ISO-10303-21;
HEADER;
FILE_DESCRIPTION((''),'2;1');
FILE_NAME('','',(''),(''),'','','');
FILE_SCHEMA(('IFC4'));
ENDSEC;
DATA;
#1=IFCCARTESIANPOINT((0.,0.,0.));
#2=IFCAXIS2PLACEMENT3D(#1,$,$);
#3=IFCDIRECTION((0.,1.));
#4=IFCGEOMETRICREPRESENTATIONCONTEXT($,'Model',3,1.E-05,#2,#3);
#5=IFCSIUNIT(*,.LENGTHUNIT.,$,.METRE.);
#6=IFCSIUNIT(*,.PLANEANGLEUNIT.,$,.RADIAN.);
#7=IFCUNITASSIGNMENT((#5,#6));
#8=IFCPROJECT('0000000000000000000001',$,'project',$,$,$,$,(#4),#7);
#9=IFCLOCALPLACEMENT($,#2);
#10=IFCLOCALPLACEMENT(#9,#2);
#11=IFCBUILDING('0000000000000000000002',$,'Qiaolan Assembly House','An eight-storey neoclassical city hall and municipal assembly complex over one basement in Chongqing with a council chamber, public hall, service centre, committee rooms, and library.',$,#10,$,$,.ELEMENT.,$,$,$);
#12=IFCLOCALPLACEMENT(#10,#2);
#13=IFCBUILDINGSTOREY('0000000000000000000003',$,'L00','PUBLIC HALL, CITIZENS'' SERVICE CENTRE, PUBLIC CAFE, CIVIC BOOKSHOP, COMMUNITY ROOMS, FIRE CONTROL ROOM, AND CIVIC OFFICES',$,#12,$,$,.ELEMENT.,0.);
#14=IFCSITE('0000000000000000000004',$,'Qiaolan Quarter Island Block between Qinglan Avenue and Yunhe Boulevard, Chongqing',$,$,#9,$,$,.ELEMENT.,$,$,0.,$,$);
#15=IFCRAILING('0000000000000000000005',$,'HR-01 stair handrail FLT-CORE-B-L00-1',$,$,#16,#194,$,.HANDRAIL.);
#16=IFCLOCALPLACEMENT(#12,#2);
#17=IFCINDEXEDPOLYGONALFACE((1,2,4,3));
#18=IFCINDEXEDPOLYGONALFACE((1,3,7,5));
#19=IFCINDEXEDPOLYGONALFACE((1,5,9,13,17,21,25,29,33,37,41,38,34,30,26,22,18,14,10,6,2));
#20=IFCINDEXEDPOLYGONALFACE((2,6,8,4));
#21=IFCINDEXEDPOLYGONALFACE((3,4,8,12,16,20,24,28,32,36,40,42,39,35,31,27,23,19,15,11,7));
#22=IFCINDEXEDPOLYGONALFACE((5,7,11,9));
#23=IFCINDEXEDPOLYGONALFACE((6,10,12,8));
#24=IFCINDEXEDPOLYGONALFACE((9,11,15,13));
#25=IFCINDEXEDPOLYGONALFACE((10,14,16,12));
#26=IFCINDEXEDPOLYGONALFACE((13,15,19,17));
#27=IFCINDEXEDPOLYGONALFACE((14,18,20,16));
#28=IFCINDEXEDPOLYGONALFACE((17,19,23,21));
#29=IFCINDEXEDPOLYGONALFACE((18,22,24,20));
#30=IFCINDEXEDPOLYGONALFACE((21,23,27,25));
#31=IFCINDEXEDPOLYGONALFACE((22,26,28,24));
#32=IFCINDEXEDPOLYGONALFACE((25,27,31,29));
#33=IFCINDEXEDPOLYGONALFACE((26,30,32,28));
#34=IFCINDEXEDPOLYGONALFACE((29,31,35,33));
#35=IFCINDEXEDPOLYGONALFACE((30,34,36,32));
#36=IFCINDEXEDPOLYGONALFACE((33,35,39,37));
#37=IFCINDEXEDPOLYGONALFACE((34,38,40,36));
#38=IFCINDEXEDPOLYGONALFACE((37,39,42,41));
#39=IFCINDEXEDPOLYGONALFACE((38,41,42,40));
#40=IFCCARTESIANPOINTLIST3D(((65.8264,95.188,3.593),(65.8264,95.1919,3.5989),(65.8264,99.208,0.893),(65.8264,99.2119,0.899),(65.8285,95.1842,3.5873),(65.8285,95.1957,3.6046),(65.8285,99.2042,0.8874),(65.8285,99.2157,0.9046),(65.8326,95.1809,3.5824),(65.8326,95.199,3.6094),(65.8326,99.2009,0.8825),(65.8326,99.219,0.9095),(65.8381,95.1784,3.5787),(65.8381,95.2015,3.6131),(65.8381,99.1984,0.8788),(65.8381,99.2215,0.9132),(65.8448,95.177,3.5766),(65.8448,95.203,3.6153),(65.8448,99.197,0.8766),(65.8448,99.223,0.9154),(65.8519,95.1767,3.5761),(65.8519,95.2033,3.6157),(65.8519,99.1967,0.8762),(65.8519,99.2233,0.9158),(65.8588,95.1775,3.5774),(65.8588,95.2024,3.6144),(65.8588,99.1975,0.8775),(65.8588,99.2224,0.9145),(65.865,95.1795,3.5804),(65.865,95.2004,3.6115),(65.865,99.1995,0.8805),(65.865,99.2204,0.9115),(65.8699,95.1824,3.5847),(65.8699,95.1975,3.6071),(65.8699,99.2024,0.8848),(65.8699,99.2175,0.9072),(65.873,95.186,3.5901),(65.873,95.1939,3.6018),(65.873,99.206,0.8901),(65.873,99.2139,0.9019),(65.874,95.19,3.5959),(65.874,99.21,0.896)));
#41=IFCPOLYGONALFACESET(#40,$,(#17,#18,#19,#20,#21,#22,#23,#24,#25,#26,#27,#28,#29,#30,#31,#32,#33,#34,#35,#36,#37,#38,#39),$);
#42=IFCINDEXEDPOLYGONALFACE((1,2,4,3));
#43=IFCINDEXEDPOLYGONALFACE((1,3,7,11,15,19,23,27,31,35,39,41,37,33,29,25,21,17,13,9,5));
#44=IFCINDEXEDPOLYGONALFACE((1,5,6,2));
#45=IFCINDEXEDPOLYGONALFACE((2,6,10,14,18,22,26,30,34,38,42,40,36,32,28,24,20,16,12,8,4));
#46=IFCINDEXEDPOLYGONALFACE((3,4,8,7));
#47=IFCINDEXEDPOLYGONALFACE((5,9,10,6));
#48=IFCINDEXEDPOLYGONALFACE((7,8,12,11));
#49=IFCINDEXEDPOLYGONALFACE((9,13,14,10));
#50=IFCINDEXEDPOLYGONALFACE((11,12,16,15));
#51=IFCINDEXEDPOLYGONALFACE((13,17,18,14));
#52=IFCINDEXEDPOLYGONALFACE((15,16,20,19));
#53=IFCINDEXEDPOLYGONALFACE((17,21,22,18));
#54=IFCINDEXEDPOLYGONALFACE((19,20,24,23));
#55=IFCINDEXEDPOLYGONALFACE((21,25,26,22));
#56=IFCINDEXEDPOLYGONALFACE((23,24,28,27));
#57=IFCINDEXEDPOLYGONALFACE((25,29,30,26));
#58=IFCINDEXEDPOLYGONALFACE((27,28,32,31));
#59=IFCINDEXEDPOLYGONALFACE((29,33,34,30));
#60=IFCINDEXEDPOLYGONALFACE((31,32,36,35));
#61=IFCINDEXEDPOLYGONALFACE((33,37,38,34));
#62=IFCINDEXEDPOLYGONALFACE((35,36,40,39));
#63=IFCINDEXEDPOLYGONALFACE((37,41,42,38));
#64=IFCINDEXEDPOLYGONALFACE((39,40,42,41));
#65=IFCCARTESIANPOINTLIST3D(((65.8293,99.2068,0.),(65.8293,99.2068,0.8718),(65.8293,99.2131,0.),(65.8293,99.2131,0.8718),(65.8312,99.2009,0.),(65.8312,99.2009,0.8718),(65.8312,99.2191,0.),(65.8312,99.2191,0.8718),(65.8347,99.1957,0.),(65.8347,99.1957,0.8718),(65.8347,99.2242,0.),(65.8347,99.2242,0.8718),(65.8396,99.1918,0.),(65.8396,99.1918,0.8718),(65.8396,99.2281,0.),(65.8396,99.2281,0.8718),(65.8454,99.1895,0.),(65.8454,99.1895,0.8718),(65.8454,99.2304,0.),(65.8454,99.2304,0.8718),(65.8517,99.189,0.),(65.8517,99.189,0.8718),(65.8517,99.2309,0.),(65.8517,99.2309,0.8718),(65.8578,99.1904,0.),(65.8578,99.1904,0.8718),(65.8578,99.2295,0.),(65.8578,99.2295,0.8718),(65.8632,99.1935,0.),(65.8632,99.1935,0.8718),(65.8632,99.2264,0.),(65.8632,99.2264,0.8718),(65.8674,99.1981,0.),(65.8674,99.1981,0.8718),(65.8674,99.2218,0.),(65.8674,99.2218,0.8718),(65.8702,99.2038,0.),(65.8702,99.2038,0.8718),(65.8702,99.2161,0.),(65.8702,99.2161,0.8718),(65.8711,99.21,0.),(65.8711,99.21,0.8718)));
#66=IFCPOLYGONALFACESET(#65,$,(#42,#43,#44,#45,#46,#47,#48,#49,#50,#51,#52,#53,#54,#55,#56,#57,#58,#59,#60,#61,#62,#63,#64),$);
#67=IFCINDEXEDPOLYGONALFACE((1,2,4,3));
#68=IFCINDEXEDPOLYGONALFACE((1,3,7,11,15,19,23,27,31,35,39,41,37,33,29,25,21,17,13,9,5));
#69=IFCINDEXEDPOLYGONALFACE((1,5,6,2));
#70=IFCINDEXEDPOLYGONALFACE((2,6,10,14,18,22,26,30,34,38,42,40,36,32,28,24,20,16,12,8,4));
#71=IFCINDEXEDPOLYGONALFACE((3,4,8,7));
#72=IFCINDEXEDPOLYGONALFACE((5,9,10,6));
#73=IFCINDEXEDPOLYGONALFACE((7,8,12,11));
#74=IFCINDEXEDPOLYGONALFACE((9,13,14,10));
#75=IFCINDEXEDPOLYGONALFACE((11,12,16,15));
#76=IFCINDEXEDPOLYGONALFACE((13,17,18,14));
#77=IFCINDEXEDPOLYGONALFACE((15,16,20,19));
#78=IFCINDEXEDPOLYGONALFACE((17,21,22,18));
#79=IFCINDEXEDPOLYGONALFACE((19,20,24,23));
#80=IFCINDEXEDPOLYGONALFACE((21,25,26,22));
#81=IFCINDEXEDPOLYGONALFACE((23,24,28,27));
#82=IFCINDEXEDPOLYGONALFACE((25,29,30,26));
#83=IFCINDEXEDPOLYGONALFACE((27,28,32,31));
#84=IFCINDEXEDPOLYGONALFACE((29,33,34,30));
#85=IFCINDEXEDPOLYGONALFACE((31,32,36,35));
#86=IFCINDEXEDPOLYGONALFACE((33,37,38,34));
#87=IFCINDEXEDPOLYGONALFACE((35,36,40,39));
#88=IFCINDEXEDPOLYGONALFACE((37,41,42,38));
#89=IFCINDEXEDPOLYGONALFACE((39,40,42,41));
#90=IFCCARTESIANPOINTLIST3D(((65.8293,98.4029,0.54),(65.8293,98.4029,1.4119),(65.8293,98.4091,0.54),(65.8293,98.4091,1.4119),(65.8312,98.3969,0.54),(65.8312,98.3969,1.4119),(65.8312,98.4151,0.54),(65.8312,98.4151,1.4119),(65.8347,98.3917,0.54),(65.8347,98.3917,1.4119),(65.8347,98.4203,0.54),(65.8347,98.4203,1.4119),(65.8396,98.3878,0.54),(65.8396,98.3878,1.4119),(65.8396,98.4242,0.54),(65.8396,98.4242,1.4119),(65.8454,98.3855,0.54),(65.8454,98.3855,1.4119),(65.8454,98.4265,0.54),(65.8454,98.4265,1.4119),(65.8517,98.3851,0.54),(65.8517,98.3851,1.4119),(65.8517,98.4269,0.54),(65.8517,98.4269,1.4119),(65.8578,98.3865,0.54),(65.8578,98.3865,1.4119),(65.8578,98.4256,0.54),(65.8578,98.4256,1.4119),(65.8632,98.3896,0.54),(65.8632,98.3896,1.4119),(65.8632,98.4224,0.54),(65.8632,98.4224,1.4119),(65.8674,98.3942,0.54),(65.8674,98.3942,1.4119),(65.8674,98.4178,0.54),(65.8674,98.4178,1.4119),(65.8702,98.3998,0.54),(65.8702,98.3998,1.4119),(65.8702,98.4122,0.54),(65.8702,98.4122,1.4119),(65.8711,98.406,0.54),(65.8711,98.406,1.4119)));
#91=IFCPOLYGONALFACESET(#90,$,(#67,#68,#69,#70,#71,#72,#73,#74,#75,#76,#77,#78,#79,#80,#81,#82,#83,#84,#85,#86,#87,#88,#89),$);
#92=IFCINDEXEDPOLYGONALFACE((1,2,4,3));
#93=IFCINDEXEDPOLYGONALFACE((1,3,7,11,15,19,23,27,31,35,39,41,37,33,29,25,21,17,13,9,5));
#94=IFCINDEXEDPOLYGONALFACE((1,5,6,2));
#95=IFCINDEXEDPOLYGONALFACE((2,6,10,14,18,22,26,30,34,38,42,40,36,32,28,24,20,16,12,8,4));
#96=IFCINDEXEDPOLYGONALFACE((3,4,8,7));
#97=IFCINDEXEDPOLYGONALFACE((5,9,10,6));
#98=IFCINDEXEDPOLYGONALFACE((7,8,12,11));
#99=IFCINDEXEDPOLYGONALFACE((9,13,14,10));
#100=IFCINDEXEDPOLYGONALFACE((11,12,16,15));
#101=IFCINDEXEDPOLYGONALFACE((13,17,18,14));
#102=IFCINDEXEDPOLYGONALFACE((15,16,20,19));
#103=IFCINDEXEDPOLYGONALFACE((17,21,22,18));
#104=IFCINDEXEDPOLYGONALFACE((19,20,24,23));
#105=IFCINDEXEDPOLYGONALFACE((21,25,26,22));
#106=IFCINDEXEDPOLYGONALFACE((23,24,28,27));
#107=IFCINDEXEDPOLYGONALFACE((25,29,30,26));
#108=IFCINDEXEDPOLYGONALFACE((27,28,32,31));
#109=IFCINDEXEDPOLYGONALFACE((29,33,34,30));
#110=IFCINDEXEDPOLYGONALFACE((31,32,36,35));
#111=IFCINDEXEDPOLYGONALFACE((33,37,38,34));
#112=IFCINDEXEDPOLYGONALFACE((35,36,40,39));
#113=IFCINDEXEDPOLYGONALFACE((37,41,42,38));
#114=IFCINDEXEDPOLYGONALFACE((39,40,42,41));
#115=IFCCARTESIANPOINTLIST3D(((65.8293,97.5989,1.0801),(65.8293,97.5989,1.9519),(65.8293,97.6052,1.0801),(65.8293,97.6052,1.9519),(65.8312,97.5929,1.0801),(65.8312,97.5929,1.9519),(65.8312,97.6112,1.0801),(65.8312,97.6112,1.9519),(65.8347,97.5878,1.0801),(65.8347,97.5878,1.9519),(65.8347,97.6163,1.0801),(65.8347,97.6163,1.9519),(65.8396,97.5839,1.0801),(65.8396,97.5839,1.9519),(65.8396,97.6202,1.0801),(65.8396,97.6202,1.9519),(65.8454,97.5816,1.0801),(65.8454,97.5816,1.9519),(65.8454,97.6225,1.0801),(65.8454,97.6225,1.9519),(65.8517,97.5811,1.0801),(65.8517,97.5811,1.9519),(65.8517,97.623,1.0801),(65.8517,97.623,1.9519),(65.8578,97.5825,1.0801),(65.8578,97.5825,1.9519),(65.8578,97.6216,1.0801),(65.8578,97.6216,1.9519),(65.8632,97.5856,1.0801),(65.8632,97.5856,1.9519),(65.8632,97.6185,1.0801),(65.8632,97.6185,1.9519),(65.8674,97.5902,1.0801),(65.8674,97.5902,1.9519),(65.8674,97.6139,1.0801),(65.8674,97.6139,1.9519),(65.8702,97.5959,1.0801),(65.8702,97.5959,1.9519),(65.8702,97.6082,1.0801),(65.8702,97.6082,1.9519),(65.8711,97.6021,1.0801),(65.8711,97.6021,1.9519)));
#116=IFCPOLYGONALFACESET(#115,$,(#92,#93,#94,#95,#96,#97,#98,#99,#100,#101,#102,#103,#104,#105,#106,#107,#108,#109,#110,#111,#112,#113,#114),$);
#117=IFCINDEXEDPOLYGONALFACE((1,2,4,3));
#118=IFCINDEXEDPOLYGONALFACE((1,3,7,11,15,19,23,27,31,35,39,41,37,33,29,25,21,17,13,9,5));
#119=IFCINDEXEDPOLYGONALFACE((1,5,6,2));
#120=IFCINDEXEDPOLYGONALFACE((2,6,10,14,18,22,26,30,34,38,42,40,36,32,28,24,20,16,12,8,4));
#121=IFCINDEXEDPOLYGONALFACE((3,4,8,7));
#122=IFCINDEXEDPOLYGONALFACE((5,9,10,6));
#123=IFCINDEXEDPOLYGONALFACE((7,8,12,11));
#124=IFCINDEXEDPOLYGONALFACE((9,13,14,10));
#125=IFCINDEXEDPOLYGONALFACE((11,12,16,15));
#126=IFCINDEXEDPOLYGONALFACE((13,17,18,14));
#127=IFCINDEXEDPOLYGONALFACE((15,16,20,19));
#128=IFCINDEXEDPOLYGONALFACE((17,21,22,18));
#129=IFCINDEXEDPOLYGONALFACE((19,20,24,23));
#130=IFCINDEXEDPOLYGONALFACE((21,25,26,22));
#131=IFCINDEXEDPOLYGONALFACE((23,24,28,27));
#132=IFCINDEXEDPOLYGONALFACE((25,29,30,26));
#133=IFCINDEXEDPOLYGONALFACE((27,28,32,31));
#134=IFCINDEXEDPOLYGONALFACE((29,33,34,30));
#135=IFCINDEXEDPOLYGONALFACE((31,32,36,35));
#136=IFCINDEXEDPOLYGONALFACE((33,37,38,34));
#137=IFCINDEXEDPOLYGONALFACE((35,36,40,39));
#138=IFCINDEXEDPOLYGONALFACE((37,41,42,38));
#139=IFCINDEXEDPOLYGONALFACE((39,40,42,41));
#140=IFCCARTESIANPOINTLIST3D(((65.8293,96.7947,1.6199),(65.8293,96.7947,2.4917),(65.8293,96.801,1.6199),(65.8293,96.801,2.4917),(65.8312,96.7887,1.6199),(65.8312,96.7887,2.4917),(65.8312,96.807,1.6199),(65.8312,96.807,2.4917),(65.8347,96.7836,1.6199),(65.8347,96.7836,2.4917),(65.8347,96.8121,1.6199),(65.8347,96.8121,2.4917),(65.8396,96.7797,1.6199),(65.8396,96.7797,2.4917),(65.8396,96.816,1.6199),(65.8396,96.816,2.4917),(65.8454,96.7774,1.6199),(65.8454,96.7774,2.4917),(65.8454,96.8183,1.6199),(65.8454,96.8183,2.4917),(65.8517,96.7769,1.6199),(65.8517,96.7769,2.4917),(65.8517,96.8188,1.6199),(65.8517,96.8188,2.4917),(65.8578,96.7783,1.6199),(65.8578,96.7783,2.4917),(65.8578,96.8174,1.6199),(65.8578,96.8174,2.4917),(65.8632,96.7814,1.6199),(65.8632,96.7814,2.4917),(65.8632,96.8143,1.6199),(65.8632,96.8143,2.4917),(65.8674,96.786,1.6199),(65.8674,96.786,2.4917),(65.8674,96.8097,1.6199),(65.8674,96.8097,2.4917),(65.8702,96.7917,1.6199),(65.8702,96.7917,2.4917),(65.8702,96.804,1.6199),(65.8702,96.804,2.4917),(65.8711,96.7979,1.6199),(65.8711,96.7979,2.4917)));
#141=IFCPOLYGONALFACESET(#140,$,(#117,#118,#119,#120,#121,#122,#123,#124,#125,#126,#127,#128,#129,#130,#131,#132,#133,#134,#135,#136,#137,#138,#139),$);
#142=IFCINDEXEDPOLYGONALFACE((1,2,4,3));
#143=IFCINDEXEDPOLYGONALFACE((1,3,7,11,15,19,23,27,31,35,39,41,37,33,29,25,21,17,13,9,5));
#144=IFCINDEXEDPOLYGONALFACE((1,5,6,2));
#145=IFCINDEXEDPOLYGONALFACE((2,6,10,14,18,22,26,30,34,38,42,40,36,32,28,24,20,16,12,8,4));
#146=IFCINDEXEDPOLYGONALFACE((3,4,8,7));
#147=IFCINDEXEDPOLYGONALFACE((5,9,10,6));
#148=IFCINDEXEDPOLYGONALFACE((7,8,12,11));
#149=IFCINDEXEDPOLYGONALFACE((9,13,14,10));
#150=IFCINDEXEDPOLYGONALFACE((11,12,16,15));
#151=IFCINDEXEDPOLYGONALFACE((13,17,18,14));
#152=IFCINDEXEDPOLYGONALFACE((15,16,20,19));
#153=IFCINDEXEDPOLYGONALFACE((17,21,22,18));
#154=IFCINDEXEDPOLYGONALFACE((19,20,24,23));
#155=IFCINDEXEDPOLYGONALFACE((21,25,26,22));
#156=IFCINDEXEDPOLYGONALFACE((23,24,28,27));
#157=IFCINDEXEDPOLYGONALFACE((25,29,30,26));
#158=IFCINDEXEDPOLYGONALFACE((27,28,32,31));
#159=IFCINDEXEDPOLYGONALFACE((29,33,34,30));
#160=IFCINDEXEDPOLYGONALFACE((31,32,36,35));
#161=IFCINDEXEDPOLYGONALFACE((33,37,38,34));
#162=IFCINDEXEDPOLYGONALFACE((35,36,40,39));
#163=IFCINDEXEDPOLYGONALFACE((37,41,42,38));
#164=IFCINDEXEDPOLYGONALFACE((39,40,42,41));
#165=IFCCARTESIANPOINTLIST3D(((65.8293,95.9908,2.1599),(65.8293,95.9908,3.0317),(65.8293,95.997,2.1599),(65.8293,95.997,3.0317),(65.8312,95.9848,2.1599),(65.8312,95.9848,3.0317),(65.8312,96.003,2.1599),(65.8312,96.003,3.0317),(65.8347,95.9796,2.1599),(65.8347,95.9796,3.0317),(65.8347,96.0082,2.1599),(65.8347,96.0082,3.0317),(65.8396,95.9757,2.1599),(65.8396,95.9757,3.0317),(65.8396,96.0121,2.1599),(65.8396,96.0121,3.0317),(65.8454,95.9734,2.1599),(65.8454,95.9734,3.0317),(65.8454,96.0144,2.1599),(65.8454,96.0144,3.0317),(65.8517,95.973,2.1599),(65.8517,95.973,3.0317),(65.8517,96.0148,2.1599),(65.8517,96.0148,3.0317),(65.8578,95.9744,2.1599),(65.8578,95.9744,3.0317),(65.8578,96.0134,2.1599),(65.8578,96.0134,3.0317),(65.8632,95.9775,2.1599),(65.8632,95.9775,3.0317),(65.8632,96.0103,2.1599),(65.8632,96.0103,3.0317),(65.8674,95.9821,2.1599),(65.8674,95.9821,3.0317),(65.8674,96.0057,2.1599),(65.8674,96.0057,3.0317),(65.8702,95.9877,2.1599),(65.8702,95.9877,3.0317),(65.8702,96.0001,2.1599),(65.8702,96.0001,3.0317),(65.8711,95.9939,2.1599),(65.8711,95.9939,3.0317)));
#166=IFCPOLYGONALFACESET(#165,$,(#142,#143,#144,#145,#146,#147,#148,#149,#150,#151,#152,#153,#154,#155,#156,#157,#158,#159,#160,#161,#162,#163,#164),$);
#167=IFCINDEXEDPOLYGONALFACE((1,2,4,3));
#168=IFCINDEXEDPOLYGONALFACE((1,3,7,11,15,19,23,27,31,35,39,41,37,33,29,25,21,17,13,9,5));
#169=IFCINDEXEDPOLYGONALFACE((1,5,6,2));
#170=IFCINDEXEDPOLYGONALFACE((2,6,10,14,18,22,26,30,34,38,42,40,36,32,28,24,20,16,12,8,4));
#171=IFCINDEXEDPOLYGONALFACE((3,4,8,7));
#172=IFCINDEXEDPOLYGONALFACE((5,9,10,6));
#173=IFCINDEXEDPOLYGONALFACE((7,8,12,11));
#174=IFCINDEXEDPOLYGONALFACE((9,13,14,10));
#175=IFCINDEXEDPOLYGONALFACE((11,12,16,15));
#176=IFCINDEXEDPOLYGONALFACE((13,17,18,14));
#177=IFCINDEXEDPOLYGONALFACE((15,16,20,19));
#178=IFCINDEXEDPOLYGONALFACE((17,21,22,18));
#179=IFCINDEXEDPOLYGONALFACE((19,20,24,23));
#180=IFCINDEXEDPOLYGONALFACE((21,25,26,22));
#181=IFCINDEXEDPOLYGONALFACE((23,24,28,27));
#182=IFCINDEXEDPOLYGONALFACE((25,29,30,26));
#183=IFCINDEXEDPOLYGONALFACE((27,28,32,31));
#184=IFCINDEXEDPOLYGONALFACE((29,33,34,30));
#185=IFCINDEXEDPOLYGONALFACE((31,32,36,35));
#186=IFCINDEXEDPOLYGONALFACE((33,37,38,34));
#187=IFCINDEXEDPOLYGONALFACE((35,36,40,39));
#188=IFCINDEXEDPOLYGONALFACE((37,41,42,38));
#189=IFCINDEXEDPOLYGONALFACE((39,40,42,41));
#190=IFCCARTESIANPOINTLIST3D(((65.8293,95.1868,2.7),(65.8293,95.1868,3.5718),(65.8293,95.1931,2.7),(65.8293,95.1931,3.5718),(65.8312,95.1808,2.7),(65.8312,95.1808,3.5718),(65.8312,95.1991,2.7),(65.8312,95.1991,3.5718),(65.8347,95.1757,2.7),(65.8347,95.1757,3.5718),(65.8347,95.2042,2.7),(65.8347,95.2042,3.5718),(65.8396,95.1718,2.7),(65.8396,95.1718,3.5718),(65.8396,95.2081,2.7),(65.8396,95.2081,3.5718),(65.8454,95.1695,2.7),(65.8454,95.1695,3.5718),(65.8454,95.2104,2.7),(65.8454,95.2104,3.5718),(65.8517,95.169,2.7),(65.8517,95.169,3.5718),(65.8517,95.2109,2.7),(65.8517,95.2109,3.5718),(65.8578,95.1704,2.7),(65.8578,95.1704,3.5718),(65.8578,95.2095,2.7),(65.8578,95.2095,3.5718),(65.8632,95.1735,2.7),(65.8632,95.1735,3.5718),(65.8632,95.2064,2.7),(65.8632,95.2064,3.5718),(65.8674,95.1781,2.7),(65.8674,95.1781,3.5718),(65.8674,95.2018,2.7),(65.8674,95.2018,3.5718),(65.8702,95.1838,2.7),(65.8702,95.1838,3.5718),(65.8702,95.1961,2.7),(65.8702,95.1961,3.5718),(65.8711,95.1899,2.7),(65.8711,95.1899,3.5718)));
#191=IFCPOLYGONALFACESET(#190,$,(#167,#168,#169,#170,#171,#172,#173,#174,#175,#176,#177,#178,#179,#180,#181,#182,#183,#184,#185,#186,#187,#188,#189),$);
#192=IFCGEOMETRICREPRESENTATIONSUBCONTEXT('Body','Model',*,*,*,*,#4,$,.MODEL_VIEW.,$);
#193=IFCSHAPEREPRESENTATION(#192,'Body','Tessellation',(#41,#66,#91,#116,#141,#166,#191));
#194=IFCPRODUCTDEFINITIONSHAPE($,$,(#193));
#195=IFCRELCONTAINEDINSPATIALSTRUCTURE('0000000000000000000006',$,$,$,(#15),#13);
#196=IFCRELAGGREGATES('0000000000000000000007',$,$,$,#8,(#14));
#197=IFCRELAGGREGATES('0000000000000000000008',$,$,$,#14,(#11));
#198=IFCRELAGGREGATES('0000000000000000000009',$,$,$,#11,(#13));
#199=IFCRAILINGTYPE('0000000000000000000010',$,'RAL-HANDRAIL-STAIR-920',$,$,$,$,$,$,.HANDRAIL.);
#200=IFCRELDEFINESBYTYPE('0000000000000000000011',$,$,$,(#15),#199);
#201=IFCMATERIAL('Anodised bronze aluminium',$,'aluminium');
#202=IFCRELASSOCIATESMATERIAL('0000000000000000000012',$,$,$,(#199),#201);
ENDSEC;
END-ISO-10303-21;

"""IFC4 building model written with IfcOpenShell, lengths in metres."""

from ifc_helpers import new_model, si_unit, direction, frame, origin, origin_2d, place, context, subcontext, project, spatial, circle, extrude, material, type_object, element, save


model = new_model("IFC4")

# Units and contexts
model_context = context("Model", 3, precision=1e-05, world=origin(), true_north=direction((0.0, 1.0)))
body_context = subcontext(model_context, "Body", "Model", "MODEL_VIEW")
ifc_project = project(units=[si_unit("LENGTHUNIT", "METRE"), si_unit("PLANEANGLEUNIT", "RADIAN")], contexts=[model_context])

# Site, building, storey
site_placement = place(None, origin())
site = spatial("IfcSite", under=ifc_project, at=site_placement, Name="Qiaolan Quarter Island Block between Qinglan Avenue and Yunhe Boulevard, Chongqing", CompositionType="ELEMENT", RefElevation=0.0)
building_placement = place(site_placement, origin())
building = spatial("IfcBuilding", under=site, at=building_placement, Name="Qiaolan Assembly House", Description="An eight-storey neoclassical city hall and municipal assembly complex over one basement in Chongqing with a council chamber, public hall, service centre, committee rooms, and library.", CompositionType="ELEMENT")
storey_placement = place(building_placement, origin())
storey = spatial("IfcBuildingStorey", under=building, at=storey_placement, Name="L00", Description="PUBLIC HALL, CITIZENS' SERVICE CENTRE, PUBLIC CAFE, CIVIC BOOKSHOP, COMMUNITY ROOMS, FIRE CONTROL ROOM, AND CIVIC OFFICES", CompositionType="ELEMENT", Elevation=0.0)

# Shared definitions
ifc_material_1 = material(Name="Anodised bronze aluminium", Category="aluminium")

# Railing
railing_type_1 = type_object("IfcRailingType", Name="RAL-HANDRAIL-STAIR-920", PredefinedType="HANDRAIL", material=ifc_material_1)
railing_1_placement = place(storey_placement, frame((65.8501, 99.21, 0.0)))
element("IfcRailing", 1, at=railing_1_placement, inside=storey, type_object=railing_type_1, Name="HR-01 stair handrail FLT-CORE-B-L00-1", PredefinedType="HANDRAIL", context=body_context, shape_type="SweptSolid", body=[
    extrude(circle(Radius=0.0239, at=origin_2d()), frame((0.0, 0.0, 0.896), z_axis=(0.0, -0.830145, 0.557547), x_axis=(1.0, 0.0, 0.0)), (0.0, 0.0, 1.0), 4.8425),
    extrude(circle(Radius=0.021, at=origin_2d()), origin(), (0.0, 0.0, 1.0), 0.8718),
    extrude(circle(Radius=0.021, at=origin_2d()), frame((0.0, -0.804, 0.54)), (0.0, 0.0, 1.0), 0.8718),
    extrude(circle(Radius=0.021, at=origin_2d()), frame((0.0, -1.6079, 1.0801)), (0.0, 0.0, 1.0), 0.8718),
    extrude(circle(Radius=0.021, at=origin_2d()), frame((0.0, -2.4121, 1.6199)), (0.0, 0.0, 1.0), 0.8718),
    extrude(circle(Radius=0.021, at=origin_2d()), frame((0.0, -3.2161, 2.1599)), (0.0, 0.0, 1.0), 0.8718),
    extrude(circle(Radius=0.021, at=origin_2d()), frame((0.0, -4.02, 2.7)), (0.0, 0.0, 1.0), 0.8718),
])

save(model, "model.ifc")
